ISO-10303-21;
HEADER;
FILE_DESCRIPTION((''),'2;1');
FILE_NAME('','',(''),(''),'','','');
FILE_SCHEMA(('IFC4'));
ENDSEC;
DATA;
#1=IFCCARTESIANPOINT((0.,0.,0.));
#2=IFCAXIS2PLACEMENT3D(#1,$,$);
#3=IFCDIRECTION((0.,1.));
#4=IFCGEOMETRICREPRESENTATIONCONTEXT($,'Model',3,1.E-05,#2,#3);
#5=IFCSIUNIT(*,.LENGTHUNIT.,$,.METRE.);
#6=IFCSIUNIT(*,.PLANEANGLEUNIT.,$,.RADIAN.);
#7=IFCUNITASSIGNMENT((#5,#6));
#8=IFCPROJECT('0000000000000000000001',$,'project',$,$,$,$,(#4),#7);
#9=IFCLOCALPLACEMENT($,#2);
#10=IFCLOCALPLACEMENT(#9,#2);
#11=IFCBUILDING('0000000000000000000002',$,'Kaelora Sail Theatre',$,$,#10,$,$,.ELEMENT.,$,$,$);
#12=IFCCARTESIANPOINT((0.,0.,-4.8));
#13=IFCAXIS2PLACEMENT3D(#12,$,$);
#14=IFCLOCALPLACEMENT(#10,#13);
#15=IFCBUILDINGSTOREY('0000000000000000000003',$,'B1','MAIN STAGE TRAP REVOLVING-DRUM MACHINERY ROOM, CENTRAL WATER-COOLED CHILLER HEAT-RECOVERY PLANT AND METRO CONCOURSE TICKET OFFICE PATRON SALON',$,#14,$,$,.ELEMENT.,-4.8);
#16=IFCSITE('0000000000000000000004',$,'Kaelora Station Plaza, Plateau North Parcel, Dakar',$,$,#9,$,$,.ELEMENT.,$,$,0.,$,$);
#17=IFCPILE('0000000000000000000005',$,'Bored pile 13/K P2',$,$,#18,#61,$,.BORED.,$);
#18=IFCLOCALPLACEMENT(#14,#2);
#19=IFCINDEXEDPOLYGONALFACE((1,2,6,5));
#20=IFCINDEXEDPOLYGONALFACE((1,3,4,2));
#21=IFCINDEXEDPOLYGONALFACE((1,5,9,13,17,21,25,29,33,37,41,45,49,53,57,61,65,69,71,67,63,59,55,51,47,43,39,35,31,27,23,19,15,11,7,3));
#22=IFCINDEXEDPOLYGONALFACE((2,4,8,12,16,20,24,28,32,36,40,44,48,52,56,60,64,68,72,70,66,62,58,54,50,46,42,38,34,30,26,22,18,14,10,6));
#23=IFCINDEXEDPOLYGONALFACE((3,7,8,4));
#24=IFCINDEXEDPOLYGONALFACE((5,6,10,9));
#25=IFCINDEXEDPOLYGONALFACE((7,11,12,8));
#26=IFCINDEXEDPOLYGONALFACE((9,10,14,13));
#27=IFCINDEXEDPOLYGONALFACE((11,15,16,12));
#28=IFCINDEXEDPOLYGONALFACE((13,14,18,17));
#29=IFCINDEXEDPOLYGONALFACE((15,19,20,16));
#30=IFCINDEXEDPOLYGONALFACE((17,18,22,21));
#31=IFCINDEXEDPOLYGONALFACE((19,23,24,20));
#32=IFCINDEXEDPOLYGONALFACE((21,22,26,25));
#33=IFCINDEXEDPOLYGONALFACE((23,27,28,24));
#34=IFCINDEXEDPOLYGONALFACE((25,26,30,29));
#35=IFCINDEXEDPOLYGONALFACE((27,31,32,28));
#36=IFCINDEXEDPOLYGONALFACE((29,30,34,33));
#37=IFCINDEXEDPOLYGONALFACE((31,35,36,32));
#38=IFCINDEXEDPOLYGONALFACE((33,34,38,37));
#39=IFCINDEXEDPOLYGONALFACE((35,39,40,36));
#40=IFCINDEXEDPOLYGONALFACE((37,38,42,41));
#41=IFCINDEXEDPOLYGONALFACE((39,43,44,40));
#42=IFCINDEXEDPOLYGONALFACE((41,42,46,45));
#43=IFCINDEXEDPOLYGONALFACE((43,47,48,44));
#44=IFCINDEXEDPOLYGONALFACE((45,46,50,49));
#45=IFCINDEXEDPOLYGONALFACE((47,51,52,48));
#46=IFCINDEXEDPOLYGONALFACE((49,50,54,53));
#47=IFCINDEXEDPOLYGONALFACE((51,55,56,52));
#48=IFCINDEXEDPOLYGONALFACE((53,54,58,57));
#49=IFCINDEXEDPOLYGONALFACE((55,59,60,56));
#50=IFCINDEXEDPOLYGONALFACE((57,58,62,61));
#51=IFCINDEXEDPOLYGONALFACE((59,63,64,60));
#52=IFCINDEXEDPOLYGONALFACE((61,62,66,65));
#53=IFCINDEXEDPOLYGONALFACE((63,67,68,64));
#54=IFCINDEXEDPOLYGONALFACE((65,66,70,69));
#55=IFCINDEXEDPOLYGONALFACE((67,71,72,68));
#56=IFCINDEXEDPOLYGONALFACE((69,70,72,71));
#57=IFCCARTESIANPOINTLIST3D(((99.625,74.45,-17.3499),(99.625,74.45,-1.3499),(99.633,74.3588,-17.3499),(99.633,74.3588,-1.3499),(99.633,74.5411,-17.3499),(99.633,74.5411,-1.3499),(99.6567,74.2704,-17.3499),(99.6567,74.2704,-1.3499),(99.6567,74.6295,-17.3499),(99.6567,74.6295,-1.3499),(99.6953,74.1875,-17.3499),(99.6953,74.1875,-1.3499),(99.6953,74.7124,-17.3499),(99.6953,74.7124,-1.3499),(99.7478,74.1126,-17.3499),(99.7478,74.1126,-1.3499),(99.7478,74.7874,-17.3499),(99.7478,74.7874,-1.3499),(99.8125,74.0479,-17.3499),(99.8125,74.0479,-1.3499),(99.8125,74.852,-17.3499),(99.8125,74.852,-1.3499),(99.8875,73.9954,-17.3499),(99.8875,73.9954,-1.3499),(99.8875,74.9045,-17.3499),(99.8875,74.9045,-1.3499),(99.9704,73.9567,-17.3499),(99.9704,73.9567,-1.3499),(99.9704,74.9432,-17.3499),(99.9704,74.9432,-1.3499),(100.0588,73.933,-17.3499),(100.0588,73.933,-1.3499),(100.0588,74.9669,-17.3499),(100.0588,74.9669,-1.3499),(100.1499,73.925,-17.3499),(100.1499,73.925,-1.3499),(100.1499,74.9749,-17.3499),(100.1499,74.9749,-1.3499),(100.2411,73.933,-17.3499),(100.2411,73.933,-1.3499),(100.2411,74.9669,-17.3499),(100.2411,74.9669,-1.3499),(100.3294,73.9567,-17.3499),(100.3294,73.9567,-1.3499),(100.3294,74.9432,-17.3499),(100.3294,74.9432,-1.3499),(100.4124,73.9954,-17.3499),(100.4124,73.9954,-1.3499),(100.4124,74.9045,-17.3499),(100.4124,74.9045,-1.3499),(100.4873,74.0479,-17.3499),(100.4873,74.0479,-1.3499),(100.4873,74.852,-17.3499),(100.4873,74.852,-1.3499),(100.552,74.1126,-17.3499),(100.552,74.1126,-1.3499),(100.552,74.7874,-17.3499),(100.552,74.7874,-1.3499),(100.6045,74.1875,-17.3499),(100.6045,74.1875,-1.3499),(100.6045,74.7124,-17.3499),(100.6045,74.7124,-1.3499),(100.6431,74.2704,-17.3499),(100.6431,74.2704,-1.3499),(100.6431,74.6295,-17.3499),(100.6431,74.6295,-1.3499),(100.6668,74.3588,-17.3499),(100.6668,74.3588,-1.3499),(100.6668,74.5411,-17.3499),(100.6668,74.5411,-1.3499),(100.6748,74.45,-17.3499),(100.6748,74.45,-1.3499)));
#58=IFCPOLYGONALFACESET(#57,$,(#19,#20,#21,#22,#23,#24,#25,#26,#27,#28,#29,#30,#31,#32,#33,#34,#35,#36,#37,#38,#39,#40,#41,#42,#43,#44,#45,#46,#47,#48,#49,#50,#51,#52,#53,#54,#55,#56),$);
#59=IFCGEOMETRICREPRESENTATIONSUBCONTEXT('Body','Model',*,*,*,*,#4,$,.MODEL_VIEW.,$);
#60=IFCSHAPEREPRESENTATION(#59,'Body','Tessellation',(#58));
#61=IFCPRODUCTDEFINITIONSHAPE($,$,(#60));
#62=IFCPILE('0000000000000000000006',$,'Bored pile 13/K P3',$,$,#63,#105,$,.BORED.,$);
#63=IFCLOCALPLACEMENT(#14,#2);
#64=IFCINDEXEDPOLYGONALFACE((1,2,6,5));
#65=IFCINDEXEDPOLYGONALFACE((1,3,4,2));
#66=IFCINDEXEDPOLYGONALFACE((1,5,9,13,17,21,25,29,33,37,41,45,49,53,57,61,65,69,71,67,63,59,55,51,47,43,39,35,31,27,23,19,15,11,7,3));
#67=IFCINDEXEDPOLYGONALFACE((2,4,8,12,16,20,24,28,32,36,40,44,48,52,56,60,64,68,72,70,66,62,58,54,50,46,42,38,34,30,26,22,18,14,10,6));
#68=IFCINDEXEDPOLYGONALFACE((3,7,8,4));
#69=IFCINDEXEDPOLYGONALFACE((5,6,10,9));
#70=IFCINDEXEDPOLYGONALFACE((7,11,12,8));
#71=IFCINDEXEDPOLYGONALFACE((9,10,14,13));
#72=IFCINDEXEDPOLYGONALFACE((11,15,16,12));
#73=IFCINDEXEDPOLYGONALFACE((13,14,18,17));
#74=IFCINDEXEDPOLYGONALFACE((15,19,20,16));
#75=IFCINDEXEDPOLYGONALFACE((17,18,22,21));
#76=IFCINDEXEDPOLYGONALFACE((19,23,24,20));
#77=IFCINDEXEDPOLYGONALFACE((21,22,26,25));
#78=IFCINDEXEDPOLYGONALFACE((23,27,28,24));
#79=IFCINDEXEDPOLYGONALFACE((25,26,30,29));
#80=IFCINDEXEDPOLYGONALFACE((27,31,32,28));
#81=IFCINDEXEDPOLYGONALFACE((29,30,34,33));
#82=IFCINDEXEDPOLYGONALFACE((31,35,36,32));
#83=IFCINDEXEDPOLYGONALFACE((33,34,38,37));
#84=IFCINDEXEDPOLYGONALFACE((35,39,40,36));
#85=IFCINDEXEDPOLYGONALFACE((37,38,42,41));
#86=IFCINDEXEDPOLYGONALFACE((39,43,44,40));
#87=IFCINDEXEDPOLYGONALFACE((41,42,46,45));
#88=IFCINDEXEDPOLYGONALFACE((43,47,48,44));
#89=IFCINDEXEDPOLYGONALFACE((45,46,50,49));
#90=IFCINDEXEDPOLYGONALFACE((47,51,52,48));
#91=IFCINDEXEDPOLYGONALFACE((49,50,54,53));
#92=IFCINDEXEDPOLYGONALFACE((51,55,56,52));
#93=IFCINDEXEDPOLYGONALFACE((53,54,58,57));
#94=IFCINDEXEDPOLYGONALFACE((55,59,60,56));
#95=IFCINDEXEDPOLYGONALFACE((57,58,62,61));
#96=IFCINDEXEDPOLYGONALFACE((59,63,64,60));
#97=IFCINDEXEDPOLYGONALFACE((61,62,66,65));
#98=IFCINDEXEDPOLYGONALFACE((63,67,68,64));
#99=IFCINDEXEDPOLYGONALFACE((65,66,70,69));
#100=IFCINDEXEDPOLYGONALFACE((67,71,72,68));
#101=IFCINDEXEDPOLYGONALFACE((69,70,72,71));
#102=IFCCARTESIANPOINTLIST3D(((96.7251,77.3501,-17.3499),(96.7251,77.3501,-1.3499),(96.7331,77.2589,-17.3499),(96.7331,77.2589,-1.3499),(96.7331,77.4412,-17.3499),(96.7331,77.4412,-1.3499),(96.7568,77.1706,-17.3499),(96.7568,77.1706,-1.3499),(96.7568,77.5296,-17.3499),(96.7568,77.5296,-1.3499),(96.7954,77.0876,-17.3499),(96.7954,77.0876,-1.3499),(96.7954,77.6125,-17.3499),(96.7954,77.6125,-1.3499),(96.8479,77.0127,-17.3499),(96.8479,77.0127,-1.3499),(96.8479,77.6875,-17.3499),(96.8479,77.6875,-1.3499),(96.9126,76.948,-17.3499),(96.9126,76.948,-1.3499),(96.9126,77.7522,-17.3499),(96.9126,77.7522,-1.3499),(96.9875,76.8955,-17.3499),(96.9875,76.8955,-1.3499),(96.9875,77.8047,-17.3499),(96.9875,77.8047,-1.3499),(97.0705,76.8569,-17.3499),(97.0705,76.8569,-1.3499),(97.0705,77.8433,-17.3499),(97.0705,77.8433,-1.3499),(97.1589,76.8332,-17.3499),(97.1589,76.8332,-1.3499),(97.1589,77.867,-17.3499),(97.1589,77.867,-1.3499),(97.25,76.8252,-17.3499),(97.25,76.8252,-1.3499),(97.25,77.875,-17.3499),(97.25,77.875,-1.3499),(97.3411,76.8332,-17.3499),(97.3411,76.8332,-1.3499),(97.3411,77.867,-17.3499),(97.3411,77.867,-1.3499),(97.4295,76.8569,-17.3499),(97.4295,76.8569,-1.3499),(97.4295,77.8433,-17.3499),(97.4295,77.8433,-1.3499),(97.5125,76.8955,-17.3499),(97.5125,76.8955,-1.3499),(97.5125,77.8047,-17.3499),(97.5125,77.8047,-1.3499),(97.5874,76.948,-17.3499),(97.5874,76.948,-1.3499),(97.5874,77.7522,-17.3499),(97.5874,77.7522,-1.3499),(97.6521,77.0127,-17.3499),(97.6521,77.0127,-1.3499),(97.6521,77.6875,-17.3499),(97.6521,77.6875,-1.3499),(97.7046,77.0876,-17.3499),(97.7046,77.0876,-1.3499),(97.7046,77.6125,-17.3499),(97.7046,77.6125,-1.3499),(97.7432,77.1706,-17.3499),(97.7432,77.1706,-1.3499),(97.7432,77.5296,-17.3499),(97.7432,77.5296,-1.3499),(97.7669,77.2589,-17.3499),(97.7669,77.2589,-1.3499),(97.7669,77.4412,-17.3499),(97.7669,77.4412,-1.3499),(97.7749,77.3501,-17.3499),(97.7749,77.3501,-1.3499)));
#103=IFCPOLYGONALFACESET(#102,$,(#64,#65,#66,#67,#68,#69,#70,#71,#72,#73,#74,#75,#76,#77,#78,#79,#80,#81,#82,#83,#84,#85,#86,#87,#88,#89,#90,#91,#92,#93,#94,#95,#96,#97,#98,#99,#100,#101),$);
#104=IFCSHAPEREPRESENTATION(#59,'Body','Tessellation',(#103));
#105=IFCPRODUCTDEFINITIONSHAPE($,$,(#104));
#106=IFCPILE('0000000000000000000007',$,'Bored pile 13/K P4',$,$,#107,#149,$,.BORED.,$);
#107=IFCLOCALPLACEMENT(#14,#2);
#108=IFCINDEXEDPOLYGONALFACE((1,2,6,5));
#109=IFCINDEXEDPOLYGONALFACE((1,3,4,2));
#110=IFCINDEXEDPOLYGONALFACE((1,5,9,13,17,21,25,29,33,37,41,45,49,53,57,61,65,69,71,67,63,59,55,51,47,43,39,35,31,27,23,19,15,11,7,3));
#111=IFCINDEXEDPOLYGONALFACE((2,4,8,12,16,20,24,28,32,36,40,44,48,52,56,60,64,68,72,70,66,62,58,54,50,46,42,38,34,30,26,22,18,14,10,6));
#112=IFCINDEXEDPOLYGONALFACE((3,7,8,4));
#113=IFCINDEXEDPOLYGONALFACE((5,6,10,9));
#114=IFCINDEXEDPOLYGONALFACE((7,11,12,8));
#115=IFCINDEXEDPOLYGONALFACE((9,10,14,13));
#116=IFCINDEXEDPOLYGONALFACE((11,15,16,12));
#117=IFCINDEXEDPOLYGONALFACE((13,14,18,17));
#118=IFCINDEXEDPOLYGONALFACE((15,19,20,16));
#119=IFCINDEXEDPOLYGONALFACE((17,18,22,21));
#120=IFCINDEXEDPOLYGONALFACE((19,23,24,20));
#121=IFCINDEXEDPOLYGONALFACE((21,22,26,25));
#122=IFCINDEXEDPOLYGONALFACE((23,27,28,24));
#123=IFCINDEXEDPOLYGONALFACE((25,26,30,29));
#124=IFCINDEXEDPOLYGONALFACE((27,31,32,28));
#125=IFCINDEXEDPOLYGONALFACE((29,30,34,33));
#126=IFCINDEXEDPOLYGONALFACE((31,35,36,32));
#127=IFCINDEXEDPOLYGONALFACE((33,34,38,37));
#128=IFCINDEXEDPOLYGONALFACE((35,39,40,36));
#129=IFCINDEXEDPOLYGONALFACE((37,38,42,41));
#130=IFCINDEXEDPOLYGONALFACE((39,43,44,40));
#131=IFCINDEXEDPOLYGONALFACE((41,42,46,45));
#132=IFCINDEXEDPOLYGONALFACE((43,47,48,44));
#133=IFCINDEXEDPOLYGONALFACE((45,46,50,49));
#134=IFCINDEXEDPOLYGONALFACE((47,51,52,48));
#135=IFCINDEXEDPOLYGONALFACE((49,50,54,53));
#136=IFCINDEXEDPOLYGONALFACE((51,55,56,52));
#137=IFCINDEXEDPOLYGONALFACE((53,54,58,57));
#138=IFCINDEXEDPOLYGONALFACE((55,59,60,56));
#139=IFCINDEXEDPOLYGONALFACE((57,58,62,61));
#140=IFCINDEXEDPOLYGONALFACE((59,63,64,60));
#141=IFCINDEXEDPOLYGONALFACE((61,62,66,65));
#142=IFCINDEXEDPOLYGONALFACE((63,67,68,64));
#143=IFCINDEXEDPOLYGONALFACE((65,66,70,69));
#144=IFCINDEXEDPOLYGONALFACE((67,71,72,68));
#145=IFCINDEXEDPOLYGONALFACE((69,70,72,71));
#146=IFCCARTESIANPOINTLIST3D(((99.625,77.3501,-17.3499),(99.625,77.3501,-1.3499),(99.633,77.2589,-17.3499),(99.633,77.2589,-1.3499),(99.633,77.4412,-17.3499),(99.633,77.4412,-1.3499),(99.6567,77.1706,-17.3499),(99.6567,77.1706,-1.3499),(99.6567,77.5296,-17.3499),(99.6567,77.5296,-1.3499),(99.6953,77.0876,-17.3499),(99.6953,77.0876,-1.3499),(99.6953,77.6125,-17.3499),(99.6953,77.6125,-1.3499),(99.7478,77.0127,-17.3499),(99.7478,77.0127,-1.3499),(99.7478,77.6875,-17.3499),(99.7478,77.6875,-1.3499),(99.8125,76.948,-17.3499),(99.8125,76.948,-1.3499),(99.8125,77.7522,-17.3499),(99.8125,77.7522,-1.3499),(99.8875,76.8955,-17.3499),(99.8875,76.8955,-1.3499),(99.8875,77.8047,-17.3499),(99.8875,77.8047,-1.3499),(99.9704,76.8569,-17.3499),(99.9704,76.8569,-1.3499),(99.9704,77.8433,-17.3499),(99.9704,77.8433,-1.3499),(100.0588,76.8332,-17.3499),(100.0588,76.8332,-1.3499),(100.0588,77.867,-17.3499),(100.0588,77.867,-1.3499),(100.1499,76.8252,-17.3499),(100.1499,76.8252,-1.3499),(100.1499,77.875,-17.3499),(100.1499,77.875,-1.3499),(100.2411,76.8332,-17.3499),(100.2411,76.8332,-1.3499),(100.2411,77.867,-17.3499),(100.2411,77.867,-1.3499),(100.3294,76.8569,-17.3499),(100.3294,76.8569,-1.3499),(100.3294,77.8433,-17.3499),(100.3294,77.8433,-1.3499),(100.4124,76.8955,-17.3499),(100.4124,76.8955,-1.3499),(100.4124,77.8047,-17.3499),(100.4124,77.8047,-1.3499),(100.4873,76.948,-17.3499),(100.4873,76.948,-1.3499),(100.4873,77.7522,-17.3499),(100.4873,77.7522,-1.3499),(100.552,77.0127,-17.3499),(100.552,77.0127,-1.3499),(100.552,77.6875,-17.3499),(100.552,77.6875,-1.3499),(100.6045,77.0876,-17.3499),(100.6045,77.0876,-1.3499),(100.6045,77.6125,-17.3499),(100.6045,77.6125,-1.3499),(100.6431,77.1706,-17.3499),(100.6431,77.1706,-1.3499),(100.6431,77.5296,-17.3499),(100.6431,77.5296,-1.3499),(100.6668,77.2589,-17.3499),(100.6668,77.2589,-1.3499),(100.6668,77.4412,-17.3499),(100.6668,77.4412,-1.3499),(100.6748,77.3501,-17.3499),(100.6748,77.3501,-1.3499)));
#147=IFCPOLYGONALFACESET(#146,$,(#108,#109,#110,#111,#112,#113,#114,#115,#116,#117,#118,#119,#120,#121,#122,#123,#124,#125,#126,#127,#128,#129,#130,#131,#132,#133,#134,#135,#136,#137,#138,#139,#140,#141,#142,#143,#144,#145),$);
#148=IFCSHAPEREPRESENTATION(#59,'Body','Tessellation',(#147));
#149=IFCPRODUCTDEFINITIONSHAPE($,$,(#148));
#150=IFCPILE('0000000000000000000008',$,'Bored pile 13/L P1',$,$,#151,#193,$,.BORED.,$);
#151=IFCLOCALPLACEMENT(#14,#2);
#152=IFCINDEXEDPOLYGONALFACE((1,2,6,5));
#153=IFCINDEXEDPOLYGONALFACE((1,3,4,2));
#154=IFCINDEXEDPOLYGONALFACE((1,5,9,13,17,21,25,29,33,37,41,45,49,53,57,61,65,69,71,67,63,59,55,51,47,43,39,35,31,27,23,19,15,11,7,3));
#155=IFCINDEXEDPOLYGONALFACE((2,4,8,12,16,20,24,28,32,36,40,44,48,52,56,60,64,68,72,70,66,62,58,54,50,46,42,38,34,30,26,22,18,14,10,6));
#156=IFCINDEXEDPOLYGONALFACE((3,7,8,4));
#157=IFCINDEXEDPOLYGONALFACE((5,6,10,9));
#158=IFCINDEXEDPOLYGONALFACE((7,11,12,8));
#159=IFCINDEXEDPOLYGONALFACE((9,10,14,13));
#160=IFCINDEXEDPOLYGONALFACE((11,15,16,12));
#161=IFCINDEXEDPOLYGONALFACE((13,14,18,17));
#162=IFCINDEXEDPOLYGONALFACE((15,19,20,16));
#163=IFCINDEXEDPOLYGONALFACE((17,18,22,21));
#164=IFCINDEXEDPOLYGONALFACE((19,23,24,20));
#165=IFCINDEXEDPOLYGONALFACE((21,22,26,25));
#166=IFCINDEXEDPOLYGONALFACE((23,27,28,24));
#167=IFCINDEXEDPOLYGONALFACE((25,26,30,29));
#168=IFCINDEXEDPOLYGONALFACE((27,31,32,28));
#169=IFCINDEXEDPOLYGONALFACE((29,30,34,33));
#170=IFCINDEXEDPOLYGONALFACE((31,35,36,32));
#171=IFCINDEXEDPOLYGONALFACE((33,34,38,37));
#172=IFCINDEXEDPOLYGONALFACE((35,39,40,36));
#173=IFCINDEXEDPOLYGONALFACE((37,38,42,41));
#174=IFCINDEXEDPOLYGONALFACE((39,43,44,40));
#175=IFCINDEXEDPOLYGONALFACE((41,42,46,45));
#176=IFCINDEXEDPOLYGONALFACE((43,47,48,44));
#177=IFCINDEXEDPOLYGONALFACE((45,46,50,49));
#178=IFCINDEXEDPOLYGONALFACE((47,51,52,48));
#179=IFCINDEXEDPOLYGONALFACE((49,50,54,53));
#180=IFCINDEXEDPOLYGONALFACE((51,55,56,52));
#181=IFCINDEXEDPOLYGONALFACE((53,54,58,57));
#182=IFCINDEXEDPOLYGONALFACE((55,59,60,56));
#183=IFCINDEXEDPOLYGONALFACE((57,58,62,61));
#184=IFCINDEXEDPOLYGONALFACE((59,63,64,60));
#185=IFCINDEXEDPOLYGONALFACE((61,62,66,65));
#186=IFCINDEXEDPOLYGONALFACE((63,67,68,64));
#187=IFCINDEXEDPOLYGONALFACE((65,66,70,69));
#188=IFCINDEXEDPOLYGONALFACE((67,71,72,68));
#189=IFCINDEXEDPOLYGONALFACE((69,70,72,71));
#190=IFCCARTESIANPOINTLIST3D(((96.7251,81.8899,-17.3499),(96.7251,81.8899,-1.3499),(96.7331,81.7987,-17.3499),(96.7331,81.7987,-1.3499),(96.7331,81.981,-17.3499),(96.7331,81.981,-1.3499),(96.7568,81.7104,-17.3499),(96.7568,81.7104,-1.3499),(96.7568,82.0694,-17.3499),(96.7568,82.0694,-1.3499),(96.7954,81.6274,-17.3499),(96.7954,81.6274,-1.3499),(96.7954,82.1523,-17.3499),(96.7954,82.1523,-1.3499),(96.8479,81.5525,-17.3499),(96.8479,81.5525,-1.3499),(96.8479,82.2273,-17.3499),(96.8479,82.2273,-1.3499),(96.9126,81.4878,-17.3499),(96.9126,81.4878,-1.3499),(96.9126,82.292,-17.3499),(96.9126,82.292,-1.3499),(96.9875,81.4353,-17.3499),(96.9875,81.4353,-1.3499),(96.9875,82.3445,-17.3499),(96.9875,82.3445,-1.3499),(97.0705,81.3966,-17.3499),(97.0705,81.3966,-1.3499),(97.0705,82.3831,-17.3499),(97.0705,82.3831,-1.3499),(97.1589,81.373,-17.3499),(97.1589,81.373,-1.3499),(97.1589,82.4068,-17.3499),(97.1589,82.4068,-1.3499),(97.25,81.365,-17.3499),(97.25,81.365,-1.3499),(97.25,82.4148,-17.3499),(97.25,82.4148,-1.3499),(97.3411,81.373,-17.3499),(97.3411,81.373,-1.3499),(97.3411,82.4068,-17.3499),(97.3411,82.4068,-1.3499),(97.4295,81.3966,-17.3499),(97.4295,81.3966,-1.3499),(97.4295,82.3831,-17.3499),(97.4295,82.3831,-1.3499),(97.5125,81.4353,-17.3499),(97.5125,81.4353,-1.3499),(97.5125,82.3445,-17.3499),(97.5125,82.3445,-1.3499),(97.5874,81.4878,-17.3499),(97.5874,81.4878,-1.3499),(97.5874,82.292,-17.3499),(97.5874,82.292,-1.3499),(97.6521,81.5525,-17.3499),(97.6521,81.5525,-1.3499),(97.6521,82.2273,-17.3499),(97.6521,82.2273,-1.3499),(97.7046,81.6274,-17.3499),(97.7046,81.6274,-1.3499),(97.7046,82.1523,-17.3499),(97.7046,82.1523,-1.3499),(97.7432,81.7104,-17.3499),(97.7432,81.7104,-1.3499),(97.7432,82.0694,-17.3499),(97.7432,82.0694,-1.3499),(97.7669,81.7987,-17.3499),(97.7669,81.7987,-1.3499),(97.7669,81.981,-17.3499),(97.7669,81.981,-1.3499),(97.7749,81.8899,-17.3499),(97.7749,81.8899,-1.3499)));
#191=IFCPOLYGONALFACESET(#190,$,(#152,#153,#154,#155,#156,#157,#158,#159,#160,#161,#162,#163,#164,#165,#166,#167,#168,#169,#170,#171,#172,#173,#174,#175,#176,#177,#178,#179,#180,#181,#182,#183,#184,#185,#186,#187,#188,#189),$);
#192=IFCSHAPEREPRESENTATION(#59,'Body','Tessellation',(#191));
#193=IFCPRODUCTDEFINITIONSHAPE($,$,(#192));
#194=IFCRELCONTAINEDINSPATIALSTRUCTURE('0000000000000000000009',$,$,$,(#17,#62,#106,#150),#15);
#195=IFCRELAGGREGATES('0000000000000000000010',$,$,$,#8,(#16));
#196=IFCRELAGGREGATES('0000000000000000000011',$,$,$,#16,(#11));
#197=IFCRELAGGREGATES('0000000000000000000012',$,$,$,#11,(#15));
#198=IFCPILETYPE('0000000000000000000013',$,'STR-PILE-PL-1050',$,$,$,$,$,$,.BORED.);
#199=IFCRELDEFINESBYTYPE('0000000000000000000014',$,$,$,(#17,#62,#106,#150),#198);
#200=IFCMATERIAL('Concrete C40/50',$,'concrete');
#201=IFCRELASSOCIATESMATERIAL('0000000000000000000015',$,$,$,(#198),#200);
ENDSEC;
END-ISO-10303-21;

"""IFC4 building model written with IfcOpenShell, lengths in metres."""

from ifc_helpers import new_model, si_unit, direction, frame, origin, origin_2d, place, context, subcontext, project, spatial, circle, extrude, material, material_profile, profile_set, type_object, element, save


model = new_model("IFC4")

# Units and contexts
model_context = context("Model", 3, precision=1e-05, world=origin(), true_north=direction((0.0, 1.0)))
body_context = subcontext(model_context, "Body", "Model", "MODEL_VIEW")
ifc_project = project(units=[si_unit("LENGTHUNIT", "METRE"), si_unit("PLANEANGLEUNIT", "RADIAN")], contexts=[model_context])

# Site, building, storey
site_placement = place(None, origin())
site = spatial("IfcSite", under=ifc_project, at=site_placement, Name="Kaelora Station Plaza, Plateau North Parcel, Dakar", CompositionType="ELEMENT", RefElevation=0.0)
building_placement = place(site_placement, origin())
building = spatial("IfcBuilding", under=site, at=building_placement, Name="Kaelora Sail Theatre", CompositionType="ELEMENT")
storey_placement = place(building_placement, frame((0.0, 0.0, -4.8)))
storey = spatial("IfcBuildingStorey", under=building, at=storey_placement, Name="B1", Description="MAIN STAGE TRAP REVOLVING-DRUM MACHINERY ROOM, CENTRAL WATER-COOLED CHILLER HEAT-RECOVERY PLANT AND METRO CONCOURSE TICKET OFFICE PATRON SALON", CompositionType="ELEMENT", Elevation=-4.8)

# Piles
ifc_material_1 = material(Name="Concrete C40/50", Category="concrete")
ifc_material_profile_1 = material_profile(ifc_material_1, circle(Radius=0.5249, at=origin_2d()), Name="PILE D1050")
ifc_profile_set_1 = profile_set([ifc_material_profile_1], Name="Concrete C40/50")
pile_type = type_object("IfcPileType", Name="STR-PILE-PL-1050", PredefinedType="BORED", material=ifc_profile_set_1)
for number, where, z_axis, x_axis, name in (
    (1, (100.1499, 74.45, -1.3499), (0.0, 0.0, -1.0), (1.0, 0.0, 0.0), "Bored pile 13/K P2"),
    (2, (97.25, 77.3501, -1.3499), (0.0, 0.0, -1.0), (1.0, 0.0, 0.0), "Bored pile 13/K P3"),
    (3, (100.1499, 77.3501, -1.3499), (0.0, 0.0, -1.0), (1.0, 0.0, 0.0), "Bored pile 13/K P4"),
    (4, (97.25, 81.8899, -1.3499), (0.0, 0.0, -1.0), (1.0, 0.0, 0.0), "Bored pile 13/L P1"),
):
    element("IfcPile", number, at=place(storey_placement, frame(where, z_axis=z_axis, x_axis=x_axis)), inside=storey, type_object=pile_type, Name=name, PredefinedType="BORED", context=body_context, shape_type="SweptSolid", body=[
        extrude(circle(Radius=0.5249, at=origin_2d()), origin(), (0.0, 0.0, 1.0), 16.0),
    ])

save(model, "model.ifc")
